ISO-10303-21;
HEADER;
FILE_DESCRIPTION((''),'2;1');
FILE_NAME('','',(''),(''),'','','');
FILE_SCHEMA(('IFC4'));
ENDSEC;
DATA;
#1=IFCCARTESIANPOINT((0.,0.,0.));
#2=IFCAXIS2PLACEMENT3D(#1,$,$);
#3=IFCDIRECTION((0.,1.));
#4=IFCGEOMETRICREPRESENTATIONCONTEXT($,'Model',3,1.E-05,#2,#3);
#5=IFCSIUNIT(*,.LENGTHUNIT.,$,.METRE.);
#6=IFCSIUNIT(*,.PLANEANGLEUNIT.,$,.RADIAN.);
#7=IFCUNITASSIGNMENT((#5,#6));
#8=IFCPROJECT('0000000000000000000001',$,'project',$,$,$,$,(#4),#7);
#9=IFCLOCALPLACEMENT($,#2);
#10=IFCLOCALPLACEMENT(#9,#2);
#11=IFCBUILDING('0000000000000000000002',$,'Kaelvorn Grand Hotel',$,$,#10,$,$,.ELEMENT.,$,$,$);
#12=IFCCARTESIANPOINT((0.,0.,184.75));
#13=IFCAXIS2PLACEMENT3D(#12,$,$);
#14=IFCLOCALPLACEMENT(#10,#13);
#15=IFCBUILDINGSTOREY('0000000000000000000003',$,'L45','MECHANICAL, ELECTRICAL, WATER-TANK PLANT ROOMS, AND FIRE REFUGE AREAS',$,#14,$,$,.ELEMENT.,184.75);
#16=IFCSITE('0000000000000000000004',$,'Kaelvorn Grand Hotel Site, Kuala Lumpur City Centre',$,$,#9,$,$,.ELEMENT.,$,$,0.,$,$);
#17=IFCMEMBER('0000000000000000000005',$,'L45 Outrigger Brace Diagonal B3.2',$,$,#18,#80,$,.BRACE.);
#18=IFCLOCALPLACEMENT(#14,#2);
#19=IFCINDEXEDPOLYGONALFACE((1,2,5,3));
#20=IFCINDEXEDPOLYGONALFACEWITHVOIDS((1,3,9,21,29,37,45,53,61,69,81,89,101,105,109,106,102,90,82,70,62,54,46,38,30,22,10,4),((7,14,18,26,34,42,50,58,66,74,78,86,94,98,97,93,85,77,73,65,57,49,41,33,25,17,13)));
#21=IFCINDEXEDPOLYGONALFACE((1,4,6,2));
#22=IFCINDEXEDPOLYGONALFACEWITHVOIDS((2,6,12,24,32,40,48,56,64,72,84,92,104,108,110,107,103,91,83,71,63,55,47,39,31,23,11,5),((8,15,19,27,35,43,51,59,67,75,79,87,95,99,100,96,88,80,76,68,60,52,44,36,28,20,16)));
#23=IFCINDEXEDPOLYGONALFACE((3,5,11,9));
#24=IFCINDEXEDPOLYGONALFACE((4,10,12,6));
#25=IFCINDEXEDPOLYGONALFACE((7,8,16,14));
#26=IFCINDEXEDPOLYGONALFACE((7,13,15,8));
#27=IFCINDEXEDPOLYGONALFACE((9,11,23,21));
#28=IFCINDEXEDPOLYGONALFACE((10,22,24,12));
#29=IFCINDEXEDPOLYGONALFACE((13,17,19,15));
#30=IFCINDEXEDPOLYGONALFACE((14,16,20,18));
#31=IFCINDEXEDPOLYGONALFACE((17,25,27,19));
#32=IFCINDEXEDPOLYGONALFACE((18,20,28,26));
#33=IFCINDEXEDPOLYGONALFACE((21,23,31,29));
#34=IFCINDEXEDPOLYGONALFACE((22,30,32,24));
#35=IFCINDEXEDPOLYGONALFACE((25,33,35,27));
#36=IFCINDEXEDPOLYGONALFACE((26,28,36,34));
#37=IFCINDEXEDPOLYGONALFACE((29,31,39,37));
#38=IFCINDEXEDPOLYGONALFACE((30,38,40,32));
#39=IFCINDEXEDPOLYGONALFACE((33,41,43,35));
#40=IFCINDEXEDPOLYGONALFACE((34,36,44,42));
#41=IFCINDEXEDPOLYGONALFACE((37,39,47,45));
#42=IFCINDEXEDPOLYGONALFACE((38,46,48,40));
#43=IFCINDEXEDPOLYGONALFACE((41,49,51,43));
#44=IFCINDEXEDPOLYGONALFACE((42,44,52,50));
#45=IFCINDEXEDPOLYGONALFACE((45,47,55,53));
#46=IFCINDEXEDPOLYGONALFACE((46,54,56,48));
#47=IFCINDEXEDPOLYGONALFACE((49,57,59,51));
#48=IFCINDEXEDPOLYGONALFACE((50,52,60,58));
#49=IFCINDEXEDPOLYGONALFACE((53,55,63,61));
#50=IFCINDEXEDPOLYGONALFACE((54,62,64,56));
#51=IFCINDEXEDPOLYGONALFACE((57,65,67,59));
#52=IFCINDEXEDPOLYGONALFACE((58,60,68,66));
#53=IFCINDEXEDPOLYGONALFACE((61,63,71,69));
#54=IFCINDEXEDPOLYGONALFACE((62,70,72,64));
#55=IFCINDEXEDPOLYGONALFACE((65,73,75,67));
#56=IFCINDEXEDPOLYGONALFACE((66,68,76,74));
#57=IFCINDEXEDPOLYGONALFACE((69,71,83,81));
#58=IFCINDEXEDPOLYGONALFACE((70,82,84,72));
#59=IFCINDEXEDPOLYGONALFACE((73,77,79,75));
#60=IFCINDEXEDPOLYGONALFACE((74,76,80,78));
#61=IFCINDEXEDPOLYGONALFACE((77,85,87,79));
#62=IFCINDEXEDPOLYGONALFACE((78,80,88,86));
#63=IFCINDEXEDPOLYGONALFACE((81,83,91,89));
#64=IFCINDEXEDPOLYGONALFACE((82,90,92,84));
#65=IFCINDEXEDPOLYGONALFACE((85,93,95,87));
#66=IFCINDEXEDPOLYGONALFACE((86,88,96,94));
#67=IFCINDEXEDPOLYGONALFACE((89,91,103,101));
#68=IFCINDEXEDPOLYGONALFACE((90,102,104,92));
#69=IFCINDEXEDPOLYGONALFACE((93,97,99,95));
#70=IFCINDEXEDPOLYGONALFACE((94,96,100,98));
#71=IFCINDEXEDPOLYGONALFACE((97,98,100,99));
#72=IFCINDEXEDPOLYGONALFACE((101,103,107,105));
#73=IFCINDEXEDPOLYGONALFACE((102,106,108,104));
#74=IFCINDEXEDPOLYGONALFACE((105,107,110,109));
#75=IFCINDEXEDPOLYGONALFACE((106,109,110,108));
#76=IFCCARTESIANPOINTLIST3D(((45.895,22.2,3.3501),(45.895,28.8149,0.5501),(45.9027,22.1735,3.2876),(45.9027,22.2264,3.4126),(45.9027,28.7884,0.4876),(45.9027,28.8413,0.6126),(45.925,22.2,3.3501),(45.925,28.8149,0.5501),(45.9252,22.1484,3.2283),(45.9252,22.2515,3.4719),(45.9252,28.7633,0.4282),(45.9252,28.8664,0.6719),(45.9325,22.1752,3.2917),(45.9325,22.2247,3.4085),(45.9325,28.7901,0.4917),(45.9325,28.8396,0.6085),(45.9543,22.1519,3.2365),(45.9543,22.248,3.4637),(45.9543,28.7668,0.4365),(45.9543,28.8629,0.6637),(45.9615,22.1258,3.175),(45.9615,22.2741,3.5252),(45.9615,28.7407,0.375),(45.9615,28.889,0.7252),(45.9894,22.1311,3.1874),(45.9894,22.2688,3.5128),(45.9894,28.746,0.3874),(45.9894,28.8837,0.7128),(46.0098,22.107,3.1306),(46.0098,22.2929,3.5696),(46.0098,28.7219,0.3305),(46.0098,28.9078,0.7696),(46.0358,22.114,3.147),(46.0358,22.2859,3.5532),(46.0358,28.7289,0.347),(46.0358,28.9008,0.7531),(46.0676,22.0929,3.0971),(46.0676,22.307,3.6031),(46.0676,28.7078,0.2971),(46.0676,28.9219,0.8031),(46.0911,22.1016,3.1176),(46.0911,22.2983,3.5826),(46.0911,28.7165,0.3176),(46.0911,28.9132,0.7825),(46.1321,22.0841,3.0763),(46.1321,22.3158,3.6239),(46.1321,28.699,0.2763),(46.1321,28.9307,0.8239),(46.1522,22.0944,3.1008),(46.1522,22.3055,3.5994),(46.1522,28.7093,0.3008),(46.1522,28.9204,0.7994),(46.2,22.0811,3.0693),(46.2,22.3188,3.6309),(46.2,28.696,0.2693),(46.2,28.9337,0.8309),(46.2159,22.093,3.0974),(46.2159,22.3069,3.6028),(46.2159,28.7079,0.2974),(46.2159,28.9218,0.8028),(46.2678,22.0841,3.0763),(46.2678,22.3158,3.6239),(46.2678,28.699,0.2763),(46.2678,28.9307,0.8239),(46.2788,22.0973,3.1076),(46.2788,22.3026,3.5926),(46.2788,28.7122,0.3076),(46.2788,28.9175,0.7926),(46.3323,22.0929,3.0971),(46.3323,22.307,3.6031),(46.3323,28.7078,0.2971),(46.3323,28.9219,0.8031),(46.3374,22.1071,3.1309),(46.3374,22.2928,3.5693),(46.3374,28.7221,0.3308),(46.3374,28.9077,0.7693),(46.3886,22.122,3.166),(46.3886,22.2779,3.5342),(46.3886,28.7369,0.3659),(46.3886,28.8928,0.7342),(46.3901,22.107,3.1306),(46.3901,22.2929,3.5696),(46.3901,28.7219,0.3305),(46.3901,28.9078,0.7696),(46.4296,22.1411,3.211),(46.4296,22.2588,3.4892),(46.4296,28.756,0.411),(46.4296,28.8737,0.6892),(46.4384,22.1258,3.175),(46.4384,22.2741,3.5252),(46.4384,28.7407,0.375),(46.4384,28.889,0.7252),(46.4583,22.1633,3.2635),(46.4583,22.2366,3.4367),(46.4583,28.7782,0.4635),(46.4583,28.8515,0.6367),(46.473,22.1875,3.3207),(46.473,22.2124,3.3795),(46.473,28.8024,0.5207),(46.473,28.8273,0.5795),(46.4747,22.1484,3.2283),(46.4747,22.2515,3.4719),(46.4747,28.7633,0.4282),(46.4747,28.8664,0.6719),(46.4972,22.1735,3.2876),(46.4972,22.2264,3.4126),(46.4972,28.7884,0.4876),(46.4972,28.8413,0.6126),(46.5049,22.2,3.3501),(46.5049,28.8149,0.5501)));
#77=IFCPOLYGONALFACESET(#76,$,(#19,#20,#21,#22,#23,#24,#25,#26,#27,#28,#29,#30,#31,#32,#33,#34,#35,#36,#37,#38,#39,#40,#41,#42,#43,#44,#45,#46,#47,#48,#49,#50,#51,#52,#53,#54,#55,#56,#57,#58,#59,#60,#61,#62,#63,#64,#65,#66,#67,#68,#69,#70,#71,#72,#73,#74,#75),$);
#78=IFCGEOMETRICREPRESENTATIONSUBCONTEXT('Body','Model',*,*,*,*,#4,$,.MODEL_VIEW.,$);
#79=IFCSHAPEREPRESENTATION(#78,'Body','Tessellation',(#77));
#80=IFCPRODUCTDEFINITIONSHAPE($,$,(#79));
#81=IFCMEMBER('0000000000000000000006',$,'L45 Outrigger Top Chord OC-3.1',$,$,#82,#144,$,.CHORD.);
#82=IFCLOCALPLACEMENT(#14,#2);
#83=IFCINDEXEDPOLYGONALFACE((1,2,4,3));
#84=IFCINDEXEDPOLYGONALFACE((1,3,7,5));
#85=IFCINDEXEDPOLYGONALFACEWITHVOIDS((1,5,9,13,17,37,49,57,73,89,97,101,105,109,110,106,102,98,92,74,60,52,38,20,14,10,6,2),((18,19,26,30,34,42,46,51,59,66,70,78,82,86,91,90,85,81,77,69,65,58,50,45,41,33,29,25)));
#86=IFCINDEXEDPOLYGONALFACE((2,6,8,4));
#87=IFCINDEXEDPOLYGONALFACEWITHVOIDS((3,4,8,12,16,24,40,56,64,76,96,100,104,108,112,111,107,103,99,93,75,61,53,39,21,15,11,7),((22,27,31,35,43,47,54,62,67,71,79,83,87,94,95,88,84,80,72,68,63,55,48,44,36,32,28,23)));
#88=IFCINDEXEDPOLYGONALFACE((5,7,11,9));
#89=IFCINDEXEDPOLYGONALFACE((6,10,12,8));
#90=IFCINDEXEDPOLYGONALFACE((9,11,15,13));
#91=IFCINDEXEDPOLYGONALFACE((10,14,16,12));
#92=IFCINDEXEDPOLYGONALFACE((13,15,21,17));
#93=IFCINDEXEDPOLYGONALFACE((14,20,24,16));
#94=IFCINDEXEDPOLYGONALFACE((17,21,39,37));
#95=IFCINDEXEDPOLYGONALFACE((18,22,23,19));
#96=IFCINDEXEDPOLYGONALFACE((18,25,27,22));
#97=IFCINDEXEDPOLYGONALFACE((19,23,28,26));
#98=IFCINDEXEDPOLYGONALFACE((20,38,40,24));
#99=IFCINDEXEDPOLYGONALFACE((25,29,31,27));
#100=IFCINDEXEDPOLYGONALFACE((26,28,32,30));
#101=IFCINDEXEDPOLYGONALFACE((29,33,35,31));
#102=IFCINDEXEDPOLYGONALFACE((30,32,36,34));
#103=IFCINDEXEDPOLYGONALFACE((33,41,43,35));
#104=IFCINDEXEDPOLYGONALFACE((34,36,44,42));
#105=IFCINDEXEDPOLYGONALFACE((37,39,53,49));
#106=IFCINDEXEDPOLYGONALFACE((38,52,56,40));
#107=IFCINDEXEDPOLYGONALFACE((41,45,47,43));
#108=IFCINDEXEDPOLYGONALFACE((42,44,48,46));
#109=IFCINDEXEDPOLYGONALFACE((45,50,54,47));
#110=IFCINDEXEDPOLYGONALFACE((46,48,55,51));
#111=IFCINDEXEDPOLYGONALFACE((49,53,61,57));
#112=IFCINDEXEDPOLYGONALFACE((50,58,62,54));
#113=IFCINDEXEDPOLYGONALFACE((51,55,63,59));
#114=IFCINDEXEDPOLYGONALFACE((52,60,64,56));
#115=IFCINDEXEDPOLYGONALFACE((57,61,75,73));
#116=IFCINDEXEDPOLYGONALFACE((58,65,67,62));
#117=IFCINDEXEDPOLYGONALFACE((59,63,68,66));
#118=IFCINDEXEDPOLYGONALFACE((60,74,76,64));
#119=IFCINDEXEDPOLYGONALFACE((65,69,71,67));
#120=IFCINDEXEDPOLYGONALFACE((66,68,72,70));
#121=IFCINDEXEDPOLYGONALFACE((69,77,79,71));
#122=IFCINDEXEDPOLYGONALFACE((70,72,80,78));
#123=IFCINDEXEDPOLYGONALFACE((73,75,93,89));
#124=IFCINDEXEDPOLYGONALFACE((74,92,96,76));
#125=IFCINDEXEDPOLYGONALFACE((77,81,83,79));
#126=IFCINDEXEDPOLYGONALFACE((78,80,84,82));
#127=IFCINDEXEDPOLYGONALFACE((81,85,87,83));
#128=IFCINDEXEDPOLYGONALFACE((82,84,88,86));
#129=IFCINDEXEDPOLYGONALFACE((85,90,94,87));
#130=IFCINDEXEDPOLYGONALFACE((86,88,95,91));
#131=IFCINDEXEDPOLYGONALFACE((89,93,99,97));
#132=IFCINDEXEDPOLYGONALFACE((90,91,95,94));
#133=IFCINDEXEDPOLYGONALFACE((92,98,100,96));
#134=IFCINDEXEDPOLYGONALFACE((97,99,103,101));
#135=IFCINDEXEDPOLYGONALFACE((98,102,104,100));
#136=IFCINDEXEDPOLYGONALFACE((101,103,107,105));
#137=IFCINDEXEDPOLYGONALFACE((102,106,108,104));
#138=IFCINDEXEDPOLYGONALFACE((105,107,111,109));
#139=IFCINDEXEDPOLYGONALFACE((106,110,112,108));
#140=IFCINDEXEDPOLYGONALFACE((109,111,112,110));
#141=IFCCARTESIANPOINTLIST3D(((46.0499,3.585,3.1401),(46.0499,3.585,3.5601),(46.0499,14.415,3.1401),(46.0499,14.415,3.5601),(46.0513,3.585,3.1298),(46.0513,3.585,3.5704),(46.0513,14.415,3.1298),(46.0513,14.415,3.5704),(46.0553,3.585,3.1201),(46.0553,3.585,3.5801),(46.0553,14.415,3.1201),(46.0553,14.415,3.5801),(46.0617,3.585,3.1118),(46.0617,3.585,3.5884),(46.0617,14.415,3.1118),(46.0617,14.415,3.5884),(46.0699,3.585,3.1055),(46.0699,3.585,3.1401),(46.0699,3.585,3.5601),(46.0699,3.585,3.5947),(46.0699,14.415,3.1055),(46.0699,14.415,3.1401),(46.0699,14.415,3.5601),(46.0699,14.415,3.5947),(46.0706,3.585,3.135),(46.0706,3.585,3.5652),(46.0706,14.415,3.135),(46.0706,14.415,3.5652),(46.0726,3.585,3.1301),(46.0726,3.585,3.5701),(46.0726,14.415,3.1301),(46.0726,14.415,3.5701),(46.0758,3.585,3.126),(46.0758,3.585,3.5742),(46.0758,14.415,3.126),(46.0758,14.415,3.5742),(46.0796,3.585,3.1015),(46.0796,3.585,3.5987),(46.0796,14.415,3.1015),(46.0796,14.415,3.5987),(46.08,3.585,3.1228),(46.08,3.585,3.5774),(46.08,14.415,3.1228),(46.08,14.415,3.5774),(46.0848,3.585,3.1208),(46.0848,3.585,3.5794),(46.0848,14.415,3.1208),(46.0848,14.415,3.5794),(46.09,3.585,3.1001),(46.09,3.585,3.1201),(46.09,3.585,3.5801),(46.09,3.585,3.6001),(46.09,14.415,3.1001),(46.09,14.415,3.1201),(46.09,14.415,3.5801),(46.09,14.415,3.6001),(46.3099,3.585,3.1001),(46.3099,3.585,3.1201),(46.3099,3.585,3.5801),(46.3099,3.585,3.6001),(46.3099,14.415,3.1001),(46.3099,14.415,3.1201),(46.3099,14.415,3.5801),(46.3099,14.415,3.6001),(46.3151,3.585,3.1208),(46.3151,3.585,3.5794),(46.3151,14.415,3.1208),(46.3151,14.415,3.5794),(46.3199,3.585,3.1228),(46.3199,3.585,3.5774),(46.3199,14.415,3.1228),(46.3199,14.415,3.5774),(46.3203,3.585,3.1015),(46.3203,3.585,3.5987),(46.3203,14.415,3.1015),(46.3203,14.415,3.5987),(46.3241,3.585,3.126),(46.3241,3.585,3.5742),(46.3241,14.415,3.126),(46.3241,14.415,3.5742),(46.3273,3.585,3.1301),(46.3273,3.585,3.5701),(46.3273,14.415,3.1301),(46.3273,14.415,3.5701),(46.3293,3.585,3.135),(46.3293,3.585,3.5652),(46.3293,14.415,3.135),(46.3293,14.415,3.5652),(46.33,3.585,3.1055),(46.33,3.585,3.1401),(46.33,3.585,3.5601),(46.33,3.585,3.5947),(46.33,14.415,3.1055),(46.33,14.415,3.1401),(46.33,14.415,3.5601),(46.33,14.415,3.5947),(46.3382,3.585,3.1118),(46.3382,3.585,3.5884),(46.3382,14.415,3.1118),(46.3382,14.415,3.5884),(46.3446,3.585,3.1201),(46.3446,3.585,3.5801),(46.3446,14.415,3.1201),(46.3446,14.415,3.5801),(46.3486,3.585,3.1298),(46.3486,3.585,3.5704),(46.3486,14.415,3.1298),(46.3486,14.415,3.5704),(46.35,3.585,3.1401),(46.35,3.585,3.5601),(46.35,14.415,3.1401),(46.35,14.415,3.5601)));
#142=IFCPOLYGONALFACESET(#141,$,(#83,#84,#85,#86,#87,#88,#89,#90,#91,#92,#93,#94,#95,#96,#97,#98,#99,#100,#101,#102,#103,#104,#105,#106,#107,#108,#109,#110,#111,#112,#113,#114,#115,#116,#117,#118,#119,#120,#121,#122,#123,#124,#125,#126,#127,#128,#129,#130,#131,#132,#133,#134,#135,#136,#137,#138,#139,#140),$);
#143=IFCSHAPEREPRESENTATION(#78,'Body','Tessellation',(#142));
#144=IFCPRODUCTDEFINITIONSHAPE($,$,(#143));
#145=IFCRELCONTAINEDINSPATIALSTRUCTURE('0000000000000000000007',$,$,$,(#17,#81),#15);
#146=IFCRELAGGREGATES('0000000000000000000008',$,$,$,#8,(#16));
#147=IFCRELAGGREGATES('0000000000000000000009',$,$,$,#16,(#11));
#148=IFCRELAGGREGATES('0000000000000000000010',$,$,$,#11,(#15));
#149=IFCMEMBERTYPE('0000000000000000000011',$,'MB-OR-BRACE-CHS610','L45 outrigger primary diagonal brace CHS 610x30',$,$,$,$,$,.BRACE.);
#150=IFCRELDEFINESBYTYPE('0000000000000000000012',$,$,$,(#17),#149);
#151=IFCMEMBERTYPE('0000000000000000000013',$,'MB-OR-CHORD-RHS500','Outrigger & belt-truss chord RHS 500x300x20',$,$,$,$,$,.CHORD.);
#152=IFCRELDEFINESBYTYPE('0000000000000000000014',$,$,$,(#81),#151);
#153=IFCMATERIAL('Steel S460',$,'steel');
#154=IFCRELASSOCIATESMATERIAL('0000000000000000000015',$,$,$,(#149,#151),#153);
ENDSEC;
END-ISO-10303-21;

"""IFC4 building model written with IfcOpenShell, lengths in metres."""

from ifc_helpers import new_model, si_unit, direction, frame, origin, origin_2d, place, context, subcontext, project, spatial, hollow_rectangle, hollow_circle, extrude, material, material_profile, profile_set, type_object, element, save


model = new_model("IFC4")

# Units and contexts
model_context = context("Model", 3, precision=1e-05, world=origin(), true_north=direction((0.0, 1.0)))
body_context = subcontext(model_context, "Body", "Model", "MODEL_VIEW")
ifc_project = project(units=[si_unit("LENGTHUNIT", "METRE"), si_unit("PLANEANGLEUNIT", "RADIAN")], contexts=[model_context])

# Site, building, storey
site_placement = place(None, origin())
site = spatial("IfcSite", under=ifc_project, at=site_placement, Name="Kaelvorn Grand Hotel Site, Kuala Lumpur City Centre", CompositionType="ELEMENT", RefElevation=0.0)
building_placement = place(site_placement, origin())
building = spatial("IfcBuilding", under=site, at=building_placement, Name="Kaelvorn Grand Hotel", CompositionType="ELEMENT")
storey_placement = place(building_placement, frame((0.0, 0.0, 184.75)))
storey = spatial("IfcBuildingStorey", under=building, at=storey_placement, Name="L45", Description="MECHANICAL, ELECTRICAL, WATER-TANK PLANT ROOMS, AND FIRE REFUGE AREAS", CompositionType="ELEMENT", Elevation=184.75)

# Shared definitions
ifc_material_1 = material(Name="Steel S460", Category="steel")

# Members
ifc_material_profile_1 = material_profile(ifc_material_1, hollow_circle(Radius=0.3049, WallThickness=0.03, at=origin_2d()), Name="CHS 610.0x30.0")
ifc_profile_set_1 = profile_set([ifc_material_profile_1], Name="Steel S460")
member_type_1 = type_object("IfcMemberType", Name="MB-OR-BRACE-CHS610", Description="L45 outrigger primary diagonal brace CHS 610x30", PredefinedType="BRACE", material=ifc_profile_set_1)
for number, where, z_axis, x_axis, name in (
    (1, (46.2, 22.2, 3.3501), (0.0, 0.920897, -0.389805), (-1.0, 0.0, 0.0), "L45 Outrigger Brace Diagonal B3.2"),
):
    element("IfcMember", number, at=place(storey_placement, frame(where, z_axis=z_axis, x_axis=x_axis)), inside=storey, type_object=member_type_1, Name=name, PredefinedType="BRACE", context=body_context, shape_type="SweptSolid", body=[
        extrude(hollow_circle(Radius=0.3049, WallThickness=0.03, at=origin_2d()), origin(), (0.0, 0.0, 1.0), 7.1831),
    ])
ifc_material_profile_2 = material_profile(ifc_material_1, hollow_rectangle(XDim=0.3, YDim=0.5, WallThickness=0.02, InnerFilletRadius=0.02, OuterFilletRadius=0.04, at=origin_2d()), Name="RHS 500x300x20.0")
ifc_profile_set_2 = profile_set([ifc_material_profile_2], Name="Steel S460")
member_type_2 = type_object("IfcMemberType", Name="MB-OR-CHORD-RHS500", Description="Outrigger & belt-truss chord RHS 500x300x20", PredefinedType="CHORD", material=ifc_profile_set_2)
member_placement = place(storey_placement, frame((46.2, 3.585, 3.3501), z_axis=(0.0, 1.0, 0.0), x_axis=(-1.0, 0.0, 0.0)))
element("IfcMember", 2, at=member_placement, inside=storey, type_object=member_type_2, Name="L45 Outrigger Top Chord OC-3.1", PredefinedType="CHORD", context=body_context, shape_type="SweptSolid", body=[
    extrude(hollow_rectangle(XDim=0.3, YDim=0.5, WallThickness=0.02, InnerFilletRadius=0.02, OuterFilletRadius=0.04, at=origin_2d()), origin(), (0.0, 0.0, 1.0), 10.8301),
])

save(model, "model.ifc")
